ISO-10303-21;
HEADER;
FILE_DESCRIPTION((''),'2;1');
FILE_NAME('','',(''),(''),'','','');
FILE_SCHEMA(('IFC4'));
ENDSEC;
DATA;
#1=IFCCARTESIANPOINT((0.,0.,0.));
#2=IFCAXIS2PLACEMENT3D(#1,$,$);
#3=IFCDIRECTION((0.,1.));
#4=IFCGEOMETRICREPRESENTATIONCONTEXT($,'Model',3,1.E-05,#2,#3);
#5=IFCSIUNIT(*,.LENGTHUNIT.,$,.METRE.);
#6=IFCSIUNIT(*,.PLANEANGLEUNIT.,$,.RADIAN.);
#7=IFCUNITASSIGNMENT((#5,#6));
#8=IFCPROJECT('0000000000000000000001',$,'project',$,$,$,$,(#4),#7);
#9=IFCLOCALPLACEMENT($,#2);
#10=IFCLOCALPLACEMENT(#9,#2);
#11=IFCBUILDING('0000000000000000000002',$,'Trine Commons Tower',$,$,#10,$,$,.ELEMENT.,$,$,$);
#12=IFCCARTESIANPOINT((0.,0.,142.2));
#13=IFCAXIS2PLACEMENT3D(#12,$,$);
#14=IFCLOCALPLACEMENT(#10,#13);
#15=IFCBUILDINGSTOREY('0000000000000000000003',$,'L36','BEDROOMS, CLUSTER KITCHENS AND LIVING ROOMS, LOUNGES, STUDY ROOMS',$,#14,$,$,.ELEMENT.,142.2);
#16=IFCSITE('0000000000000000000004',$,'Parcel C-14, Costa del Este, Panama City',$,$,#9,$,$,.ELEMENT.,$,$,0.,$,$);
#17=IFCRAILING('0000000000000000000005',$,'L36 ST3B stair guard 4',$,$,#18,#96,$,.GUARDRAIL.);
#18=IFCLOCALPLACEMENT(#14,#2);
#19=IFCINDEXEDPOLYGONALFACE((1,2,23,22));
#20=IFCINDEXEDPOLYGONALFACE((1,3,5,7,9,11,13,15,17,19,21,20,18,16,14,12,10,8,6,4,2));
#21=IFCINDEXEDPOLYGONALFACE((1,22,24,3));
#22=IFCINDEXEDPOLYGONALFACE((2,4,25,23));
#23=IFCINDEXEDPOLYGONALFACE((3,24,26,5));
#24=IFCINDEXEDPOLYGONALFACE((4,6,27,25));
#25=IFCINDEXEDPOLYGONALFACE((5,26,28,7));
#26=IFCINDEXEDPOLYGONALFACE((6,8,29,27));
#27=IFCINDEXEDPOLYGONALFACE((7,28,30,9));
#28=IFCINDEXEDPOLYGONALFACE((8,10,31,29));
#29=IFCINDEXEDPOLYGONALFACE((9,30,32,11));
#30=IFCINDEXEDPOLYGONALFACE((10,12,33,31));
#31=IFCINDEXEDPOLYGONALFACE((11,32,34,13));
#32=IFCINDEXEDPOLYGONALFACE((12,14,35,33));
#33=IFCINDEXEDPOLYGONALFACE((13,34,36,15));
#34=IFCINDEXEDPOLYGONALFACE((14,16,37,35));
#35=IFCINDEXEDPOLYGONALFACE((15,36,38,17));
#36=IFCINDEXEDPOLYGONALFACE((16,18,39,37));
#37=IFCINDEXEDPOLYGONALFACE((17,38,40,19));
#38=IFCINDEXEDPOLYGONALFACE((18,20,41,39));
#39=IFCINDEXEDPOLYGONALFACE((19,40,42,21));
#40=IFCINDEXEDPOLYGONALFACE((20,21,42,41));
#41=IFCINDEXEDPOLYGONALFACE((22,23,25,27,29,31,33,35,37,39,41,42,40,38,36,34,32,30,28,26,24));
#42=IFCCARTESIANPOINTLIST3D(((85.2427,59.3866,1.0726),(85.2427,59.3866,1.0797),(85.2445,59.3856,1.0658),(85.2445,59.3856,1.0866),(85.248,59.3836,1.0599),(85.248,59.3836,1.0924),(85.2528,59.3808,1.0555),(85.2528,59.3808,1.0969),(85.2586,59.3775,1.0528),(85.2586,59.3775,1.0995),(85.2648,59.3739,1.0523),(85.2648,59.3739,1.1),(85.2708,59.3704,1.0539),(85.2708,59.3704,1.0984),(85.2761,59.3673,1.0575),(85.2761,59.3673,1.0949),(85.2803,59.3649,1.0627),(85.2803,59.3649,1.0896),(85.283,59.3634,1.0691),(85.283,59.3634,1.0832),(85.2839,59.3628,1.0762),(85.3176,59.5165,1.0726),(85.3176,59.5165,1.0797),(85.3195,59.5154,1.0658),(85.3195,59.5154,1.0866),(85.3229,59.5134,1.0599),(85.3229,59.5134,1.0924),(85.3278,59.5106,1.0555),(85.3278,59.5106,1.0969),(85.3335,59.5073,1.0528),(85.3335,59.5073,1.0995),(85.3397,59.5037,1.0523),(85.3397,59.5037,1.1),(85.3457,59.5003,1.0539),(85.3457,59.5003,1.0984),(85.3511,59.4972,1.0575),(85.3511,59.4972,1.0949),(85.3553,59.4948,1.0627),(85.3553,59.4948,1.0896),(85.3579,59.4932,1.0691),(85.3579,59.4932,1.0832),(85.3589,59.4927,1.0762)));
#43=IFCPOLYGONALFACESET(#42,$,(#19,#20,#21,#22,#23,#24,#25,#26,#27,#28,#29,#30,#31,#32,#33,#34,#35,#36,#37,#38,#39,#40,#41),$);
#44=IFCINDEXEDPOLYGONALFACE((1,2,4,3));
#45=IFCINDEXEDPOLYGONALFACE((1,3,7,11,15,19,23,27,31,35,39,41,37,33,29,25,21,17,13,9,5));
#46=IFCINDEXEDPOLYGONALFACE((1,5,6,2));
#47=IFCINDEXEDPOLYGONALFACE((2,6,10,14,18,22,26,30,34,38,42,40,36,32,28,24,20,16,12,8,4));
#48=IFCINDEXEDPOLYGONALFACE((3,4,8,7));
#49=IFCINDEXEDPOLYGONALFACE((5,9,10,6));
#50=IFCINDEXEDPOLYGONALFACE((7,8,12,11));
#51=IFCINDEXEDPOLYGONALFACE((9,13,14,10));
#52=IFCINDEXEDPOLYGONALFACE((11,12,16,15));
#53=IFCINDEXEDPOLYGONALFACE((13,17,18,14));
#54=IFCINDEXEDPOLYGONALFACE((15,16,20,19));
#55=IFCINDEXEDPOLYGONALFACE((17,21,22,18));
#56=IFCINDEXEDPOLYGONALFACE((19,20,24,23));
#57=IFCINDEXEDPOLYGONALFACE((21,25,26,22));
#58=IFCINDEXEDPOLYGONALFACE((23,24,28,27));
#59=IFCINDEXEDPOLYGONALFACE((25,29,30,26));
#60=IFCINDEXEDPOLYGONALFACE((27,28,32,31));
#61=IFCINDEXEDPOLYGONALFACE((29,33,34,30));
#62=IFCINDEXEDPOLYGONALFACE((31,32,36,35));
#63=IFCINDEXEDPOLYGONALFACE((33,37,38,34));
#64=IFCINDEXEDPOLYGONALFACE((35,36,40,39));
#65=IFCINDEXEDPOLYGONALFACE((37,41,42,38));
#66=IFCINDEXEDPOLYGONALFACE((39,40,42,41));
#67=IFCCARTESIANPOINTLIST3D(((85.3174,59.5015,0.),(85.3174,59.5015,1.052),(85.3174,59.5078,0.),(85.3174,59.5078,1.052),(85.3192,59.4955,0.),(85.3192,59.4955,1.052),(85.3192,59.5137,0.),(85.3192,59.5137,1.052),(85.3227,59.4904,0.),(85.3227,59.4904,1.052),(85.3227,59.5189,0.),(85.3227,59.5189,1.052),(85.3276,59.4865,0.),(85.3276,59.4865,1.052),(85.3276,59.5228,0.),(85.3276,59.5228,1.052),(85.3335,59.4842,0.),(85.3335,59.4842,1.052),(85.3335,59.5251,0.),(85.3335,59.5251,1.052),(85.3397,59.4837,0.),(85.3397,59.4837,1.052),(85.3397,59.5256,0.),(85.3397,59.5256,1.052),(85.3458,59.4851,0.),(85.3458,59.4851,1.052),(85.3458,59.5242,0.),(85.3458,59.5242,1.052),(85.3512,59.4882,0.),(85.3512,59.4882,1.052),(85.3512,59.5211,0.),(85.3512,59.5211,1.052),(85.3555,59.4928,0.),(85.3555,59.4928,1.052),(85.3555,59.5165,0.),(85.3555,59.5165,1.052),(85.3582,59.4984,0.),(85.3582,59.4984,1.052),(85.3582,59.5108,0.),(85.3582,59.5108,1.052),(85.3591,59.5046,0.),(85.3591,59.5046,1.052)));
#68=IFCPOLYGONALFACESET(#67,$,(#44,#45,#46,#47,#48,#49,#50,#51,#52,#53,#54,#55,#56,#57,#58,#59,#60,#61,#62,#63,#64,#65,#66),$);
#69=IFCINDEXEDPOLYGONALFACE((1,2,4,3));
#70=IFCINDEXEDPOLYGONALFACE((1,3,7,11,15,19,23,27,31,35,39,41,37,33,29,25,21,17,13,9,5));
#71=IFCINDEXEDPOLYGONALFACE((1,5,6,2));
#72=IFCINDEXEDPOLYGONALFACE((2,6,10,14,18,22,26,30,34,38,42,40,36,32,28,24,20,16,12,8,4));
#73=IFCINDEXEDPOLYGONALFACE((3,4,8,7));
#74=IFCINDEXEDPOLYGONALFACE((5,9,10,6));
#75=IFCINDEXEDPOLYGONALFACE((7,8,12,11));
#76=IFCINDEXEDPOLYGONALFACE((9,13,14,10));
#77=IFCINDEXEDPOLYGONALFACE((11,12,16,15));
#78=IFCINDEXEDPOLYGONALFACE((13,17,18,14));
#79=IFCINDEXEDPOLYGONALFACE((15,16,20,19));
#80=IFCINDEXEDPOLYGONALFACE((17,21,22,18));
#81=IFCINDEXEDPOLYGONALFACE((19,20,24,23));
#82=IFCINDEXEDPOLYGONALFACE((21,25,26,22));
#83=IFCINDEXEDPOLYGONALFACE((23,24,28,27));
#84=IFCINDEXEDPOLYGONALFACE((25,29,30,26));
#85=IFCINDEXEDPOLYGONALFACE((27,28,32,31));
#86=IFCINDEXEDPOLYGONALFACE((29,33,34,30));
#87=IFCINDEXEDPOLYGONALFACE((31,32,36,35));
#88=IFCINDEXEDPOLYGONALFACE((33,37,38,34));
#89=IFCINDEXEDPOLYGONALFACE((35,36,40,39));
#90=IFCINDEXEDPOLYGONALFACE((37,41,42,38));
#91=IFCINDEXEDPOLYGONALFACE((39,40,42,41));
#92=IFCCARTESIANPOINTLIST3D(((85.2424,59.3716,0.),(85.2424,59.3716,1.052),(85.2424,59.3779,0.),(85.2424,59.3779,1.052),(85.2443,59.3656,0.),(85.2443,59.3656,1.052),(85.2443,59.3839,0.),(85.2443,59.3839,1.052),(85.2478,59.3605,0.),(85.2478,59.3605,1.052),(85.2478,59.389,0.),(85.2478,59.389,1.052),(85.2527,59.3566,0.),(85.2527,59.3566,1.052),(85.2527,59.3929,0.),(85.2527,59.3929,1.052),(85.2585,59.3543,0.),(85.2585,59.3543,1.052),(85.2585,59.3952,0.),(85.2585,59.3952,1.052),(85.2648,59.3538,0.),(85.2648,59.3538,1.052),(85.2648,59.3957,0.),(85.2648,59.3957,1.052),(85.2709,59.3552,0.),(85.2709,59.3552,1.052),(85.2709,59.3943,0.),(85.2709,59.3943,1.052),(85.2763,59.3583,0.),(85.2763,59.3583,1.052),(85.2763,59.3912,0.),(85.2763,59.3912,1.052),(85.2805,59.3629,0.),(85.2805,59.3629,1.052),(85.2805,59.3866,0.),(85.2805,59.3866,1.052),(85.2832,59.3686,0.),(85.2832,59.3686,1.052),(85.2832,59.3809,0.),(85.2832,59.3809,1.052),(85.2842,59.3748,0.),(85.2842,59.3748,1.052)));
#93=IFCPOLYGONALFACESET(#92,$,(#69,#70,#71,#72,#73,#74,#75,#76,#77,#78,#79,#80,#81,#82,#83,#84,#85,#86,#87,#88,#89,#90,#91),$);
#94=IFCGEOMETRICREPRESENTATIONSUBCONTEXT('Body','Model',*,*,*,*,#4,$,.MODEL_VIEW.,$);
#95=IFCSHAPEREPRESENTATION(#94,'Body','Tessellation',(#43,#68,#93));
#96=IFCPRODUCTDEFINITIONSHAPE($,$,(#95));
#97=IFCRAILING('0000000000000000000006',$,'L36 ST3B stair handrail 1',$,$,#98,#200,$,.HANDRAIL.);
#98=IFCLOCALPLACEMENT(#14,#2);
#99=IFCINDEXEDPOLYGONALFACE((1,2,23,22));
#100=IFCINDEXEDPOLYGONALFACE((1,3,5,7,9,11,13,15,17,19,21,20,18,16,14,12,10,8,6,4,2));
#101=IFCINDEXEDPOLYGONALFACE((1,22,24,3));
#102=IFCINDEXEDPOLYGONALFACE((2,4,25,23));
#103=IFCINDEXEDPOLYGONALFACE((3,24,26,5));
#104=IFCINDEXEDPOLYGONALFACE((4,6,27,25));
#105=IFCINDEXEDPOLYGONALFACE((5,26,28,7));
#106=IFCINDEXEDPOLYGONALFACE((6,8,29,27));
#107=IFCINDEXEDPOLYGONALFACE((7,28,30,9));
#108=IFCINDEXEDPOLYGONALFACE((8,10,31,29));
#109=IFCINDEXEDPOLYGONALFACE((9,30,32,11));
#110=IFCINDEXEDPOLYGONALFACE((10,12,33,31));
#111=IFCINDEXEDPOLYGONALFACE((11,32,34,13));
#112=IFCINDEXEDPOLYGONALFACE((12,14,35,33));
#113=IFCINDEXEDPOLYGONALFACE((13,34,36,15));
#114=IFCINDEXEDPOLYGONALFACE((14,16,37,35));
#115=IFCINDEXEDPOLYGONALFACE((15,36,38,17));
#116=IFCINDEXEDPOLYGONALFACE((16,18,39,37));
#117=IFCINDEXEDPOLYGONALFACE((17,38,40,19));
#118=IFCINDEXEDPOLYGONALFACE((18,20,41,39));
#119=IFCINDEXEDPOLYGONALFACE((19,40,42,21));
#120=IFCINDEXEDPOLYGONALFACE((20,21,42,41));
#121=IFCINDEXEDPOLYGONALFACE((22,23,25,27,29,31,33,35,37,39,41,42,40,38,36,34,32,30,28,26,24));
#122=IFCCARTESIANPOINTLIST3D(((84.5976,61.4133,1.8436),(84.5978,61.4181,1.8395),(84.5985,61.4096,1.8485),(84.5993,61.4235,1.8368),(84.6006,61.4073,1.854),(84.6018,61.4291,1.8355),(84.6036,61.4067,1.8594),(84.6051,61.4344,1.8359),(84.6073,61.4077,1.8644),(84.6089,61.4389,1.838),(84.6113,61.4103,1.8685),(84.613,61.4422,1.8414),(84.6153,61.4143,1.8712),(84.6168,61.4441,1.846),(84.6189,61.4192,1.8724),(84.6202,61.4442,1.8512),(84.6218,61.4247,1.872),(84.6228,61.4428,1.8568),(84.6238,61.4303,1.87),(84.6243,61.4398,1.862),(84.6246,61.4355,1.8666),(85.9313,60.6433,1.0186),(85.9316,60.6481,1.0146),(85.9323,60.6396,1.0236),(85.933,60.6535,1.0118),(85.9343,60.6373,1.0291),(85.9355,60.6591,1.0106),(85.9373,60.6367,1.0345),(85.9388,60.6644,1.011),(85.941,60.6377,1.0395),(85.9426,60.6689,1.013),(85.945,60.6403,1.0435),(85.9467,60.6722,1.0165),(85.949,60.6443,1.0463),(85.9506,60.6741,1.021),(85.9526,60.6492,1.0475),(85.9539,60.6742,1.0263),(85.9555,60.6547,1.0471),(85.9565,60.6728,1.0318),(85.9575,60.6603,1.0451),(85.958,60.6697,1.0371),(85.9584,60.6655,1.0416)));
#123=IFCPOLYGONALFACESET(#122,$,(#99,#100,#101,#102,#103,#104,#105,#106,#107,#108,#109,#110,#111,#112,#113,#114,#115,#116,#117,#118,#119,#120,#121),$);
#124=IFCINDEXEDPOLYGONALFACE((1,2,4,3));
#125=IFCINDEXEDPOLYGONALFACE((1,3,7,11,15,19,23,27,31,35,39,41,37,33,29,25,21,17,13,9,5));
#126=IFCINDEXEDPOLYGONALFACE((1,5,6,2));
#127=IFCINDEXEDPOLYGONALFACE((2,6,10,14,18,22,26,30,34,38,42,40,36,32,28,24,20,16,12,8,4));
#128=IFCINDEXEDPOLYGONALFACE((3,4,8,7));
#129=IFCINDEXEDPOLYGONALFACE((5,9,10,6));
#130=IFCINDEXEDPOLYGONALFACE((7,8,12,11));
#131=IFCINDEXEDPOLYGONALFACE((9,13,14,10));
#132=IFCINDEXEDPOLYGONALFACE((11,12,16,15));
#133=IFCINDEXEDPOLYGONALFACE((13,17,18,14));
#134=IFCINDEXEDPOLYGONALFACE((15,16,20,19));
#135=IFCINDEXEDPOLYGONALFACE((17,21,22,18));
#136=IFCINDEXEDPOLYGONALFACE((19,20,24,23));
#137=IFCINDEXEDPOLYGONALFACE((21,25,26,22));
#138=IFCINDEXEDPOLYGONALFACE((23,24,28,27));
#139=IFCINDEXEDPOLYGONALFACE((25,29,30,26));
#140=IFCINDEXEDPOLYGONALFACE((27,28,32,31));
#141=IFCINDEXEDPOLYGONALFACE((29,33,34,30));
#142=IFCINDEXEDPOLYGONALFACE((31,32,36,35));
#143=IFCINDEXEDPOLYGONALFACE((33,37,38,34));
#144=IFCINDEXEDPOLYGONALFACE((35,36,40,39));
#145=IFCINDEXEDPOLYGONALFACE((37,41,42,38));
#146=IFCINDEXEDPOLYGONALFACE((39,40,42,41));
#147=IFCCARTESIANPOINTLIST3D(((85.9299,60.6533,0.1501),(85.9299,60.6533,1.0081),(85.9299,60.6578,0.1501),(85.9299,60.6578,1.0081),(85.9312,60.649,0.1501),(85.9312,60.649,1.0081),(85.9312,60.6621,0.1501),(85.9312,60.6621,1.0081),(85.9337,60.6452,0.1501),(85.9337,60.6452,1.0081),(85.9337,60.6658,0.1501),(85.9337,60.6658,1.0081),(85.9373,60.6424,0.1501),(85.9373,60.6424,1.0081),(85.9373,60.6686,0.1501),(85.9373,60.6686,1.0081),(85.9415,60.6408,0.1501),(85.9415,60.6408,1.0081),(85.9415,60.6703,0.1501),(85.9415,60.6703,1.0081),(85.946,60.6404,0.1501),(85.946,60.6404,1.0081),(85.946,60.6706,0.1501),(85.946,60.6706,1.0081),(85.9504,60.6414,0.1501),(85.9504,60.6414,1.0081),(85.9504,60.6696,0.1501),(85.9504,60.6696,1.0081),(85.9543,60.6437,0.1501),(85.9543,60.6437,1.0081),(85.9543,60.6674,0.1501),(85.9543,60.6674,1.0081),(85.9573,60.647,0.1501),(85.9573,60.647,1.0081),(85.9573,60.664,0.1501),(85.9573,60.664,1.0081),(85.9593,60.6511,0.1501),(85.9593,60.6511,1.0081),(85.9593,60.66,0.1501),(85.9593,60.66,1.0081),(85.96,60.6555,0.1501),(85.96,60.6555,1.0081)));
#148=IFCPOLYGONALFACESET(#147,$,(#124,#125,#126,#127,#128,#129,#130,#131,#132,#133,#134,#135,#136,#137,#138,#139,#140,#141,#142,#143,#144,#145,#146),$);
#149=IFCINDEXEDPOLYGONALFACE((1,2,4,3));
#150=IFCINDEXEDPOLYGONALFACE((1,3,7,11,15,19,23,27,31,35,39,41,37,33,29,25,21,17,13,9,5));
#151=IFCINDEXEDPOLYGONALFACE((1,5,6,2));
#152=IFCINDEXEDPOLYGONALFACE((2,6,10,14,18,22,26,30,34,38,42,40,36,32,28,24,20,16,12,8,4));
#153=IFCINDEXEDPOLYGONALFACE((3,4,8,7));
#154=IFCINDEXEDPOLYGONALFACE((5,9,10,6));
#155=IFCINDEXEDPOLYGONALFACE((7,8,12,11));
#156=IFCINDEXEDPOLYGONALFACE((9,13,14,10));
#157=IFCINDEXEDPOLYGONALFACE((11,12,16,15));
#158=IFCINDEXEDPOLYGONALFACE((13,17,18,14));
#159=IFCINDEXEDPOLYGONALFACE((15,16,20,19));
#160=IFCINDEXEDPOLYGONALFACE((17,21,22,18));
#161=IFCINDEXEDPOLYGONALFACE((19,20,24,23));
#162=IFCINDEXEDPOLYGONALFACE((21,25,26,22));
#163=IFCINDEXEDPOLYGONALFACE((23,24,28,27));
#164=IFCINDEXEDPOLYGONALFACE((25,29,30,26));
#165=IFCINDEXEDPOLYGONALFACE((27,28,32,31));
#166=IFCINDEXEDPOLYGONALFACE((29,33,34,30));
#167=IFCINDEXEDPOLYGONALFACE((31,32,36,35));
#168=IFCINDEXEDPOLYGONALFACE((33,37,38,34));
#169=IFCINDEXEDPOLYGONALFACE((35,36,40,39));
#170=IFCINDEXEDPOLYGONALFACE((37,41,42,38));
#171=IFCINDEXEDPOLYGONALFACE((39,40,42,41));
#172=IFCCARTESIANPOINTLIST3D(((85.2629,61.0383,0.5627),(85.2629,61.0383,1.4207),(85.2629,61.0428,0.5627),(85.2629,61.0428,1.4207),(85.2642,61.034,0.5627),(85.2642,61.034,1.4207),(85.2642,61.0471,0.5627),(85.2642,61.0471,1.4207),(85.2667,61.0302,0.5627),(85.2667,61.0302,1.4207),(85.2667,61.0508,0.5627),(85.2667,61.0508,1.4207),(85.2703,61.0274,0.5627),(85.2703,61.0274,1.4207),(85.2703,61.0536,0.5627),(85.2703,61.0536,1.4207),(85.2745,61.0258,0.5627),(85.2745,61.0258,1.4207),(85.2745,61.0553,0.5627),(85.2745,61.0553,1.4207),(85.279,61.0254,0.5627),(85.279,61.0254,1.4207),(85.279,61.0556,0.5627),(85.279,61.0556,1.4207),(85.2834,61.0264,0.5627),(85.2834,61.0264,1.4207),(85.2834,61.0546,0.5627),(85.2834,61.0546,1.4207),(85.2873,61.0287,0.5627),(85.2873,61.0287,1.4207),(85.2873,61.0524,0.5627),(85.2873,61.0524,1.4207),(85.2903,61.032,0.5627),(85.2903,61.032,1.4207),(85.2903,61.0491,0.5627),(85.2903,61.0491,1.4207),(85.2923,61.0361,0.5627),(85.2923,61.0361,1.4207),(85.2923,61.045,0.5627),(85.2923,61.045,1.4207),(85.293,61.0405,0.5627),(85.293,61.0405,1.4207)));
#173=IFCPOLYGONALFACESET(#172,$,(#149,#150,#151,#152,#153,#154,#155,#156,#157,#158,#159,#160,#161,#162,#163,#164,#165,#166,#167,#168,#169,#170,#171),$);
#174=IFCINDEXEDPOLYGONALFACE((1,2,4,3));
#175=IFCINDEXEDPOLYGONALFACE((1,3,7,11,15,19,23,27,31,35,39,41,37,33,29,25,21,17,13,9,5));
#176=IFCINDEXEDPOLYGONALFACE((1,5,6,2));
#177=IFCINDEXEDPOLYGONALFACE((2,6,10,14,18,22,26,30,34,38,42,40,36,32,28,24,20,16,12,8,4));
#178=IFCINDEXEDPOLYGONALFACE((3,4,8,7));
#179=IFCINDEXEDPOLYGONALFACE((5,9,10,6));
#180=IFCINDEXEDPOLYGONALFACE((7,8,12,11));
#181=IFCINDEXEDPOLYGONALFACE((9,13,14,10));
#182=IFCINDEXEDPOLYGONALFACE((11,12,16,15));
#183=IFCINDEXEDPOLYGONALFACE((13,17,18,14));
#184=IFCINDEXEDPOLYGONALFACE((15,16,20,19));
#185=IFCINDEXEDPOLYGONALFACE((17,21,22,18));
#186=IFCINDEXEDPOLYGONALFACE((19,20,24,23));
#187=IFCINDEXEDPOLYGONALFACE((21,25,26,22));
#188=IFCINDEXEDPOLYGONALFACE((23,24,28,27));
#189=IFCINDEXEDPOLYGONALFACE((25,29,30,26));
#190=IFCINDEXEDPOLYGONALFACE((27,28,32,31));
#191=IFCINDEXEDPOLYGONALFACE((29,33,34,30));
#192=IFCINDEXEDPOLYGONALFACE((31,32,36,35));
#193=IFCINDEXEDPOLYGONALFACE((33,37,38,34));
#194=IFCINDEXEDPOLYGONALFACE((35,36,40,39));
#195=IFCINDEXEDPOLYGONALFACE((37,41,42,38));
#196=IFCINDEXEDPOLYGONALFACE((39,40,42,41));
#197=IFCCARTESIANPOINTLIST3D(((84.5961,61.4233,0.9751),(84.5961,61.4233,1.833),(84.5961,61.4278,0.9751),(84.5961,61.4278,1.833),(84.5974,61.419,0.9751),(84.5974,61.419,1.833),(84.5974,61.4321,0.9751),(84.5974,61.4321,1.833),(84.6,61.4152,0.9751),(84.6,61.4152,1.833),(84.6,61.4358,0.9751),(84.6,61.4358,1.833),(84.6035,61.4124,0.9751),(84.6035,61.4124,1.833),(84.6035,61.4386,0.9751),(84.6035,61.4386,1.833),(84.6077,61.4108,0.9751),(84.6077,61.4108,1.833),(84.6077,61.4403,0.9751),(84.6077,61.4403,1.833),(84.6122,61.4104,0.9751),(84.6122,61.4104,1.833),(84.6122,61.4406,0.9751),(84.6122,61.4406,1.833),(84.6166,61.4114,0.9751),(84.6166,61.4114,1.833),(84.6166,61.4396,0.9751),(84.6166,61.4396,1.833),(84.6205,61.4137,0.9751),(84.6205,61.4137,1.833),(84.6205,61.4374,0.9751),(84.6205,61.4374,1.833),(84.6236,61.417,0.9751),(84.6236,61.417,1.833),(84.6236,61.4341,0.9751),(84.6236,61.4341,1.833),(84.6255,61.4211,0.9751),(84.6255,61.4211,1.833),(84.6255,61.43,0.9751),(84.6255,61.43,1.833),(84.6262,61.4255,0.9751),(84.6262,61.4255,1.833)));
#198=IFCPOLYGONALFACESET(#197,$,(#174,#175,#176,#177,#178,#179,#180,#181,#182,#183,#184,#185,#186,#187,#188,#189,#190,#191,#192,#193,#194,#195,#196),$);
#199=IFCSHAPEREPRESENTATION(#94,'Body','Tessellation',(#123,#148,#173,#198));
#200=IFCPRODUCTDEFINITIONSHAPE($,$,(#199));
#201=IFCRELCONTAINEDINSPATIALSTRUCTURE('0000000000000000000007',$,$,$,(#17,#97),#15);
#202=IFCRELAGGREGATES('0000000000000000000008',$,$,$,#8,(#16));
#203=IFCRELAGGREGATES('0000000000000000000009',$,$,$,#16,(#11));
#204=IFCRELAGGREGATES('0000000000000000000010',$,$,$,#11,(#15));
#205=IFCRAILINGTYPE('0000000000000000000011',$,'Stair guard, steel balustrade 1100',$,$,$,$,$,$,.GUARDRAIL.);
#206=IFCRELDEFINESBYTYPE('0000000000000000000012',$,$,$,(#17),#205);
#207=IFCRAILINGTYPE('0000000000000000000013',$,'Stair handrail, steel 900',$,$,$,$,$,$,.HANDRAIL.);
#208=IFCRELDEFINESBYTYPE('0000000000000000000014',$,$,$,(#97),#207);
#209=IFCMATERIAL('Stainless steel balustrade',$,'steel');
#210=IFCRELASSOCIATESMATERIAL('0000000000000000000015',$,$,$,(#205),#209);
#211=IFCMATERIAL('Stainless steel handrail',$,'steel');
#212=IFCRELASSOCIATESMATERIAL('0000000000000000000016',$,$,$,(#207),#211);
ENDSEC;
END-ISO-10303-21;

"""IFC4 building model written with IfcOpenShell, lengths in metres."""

from ifc_helpers import new_model, si_unit, direction, frame, origin, origin_2d, place, context, subcontext, project, spatial, circle, extrude, material, type_object, element, save


model = new_model("IFC4")

# Units and contexts
model_context = context("Model", 3, precision=1e-05, world=origin(), true_north=direction((0.0, 1.0)))
body_context = subcontext(model_context, "Body", "Model", "MODEL_VIEW")
ifc_project = project(units=[si_unit("LENGTHUNIT", "METRE"), si_unit("PLANEANGLEUNIT", "RADIAN")], contexts=[model_context])

# Site, building, storey
site_placement = place(None, origin())
site = spatial("IfcSite", under=ifc_project, at=site_placement, Name="Parcel C-14, Costa del Este, Panama City", CompositionType="ELEMENT", RefElevation=0.0)
building_placement = place(site_placement, origin())
building = spatial("IfcBuilding", under=site, at=building_placement, Name="Trine Commons Tower", CompositionType="ELEMENT")
storey_placement = place(building_placement, frame((0.0, 0.0, 142.2)))
storey = spatial("IfcBuildingStorey", under=building, at=storey_placement, Name="L36", Description="BEDROOMS, CLUSTER KITCHENS AND LIVING ROOMS, LOUNGES, STUDY ROOMS", CompositionType="ELEMENT", Elevation=142.2)

# Railings
ifc_material_1 = material(Name="Stainless steel balustrade", Category="steel")
railing_type_1 = type_object("IfcRailingType", Name="Stair guard, steel balustrade 1100", PredefinedType="GUARDRAIL", material=ifc_material_1)
railing_1_placement = place(storey_placement, frame((85.3381, 59.5046, 0.0)))
element("IfcRailing", 1, at=railing_1_placement, inside=storey, type_object=railing_type_1, Name="L36 ST3B stair guard 4", PredefinedType="GUARDRAIL", context=body_context, shape_type="SweptSolid", body=[
    extrude(circle(Radius=0.0239, at=origin_2d()), frame((0.0, 0.0, 1.0762), z_axis=(-0.499816, -0.866131, 0.0), x_axis=(0.866131, -0.499816, 0.0)), (0.0, 0.0, 1.0), 0.1499),
    extrude(circle(Radius=0.021, at=origin_2d()), origin(), (0.0, 0.0, 1.0), 1.052),
    extrude(circle(Radius=0.021, at=origin_2d()), frame((-0.075, -0.1299, 0.0)), (0.0, 0.0, 1.0), 1.052),
])
ifc_material_2 = material(Name="Stainless steel handrail", Category="steel")
railing_type_2 = type_object("IfcRailingType", Name="Stair handrail, steel 900", PredefinedType="HANDRAIL", material=ifc_material_2)
for number, where, name in (
    (2, (85.9448, 60.6555, 0.1501), "L36 ST3B stair handrail 1"),
):
    element("IfcRailing", number, at=place(storey_placement, frame(where)), inside=storey, type_object=railing_type_2, Name=name, PredefinedType="HANDRAIL", context=body_context, shape_type="SweptSolid", body=[
        extrude(circle(Radius=0.021, at=origin_2d()), frame((0.0, 0.0, 0.8789), z_axis=(-0.763405, 0.440743, 0.472185), x_axis=(-0.499992, -0.86603, 0.0)), (0.0, 0.0, 1.0), 1.7471),
        extrude(circle(Radius=0.0151, at=origin_2d()), origin(), (0.0, 0.0, 1.0), 0.8579),
        extrude(circle(Radius=0.0151, at=origin_2d()), frame((-0.667, 0.385, 0.4126)), (0.0, 0.0, 1.0), 0.8579),
        extrude(circle(Radius=0.0151, at=origin_2d()), frame((-1.3337, 0.77, 0.825)), (0.0, 0.0, 1.0), 0.8579),
    ])

save(model, "model.ifc")
